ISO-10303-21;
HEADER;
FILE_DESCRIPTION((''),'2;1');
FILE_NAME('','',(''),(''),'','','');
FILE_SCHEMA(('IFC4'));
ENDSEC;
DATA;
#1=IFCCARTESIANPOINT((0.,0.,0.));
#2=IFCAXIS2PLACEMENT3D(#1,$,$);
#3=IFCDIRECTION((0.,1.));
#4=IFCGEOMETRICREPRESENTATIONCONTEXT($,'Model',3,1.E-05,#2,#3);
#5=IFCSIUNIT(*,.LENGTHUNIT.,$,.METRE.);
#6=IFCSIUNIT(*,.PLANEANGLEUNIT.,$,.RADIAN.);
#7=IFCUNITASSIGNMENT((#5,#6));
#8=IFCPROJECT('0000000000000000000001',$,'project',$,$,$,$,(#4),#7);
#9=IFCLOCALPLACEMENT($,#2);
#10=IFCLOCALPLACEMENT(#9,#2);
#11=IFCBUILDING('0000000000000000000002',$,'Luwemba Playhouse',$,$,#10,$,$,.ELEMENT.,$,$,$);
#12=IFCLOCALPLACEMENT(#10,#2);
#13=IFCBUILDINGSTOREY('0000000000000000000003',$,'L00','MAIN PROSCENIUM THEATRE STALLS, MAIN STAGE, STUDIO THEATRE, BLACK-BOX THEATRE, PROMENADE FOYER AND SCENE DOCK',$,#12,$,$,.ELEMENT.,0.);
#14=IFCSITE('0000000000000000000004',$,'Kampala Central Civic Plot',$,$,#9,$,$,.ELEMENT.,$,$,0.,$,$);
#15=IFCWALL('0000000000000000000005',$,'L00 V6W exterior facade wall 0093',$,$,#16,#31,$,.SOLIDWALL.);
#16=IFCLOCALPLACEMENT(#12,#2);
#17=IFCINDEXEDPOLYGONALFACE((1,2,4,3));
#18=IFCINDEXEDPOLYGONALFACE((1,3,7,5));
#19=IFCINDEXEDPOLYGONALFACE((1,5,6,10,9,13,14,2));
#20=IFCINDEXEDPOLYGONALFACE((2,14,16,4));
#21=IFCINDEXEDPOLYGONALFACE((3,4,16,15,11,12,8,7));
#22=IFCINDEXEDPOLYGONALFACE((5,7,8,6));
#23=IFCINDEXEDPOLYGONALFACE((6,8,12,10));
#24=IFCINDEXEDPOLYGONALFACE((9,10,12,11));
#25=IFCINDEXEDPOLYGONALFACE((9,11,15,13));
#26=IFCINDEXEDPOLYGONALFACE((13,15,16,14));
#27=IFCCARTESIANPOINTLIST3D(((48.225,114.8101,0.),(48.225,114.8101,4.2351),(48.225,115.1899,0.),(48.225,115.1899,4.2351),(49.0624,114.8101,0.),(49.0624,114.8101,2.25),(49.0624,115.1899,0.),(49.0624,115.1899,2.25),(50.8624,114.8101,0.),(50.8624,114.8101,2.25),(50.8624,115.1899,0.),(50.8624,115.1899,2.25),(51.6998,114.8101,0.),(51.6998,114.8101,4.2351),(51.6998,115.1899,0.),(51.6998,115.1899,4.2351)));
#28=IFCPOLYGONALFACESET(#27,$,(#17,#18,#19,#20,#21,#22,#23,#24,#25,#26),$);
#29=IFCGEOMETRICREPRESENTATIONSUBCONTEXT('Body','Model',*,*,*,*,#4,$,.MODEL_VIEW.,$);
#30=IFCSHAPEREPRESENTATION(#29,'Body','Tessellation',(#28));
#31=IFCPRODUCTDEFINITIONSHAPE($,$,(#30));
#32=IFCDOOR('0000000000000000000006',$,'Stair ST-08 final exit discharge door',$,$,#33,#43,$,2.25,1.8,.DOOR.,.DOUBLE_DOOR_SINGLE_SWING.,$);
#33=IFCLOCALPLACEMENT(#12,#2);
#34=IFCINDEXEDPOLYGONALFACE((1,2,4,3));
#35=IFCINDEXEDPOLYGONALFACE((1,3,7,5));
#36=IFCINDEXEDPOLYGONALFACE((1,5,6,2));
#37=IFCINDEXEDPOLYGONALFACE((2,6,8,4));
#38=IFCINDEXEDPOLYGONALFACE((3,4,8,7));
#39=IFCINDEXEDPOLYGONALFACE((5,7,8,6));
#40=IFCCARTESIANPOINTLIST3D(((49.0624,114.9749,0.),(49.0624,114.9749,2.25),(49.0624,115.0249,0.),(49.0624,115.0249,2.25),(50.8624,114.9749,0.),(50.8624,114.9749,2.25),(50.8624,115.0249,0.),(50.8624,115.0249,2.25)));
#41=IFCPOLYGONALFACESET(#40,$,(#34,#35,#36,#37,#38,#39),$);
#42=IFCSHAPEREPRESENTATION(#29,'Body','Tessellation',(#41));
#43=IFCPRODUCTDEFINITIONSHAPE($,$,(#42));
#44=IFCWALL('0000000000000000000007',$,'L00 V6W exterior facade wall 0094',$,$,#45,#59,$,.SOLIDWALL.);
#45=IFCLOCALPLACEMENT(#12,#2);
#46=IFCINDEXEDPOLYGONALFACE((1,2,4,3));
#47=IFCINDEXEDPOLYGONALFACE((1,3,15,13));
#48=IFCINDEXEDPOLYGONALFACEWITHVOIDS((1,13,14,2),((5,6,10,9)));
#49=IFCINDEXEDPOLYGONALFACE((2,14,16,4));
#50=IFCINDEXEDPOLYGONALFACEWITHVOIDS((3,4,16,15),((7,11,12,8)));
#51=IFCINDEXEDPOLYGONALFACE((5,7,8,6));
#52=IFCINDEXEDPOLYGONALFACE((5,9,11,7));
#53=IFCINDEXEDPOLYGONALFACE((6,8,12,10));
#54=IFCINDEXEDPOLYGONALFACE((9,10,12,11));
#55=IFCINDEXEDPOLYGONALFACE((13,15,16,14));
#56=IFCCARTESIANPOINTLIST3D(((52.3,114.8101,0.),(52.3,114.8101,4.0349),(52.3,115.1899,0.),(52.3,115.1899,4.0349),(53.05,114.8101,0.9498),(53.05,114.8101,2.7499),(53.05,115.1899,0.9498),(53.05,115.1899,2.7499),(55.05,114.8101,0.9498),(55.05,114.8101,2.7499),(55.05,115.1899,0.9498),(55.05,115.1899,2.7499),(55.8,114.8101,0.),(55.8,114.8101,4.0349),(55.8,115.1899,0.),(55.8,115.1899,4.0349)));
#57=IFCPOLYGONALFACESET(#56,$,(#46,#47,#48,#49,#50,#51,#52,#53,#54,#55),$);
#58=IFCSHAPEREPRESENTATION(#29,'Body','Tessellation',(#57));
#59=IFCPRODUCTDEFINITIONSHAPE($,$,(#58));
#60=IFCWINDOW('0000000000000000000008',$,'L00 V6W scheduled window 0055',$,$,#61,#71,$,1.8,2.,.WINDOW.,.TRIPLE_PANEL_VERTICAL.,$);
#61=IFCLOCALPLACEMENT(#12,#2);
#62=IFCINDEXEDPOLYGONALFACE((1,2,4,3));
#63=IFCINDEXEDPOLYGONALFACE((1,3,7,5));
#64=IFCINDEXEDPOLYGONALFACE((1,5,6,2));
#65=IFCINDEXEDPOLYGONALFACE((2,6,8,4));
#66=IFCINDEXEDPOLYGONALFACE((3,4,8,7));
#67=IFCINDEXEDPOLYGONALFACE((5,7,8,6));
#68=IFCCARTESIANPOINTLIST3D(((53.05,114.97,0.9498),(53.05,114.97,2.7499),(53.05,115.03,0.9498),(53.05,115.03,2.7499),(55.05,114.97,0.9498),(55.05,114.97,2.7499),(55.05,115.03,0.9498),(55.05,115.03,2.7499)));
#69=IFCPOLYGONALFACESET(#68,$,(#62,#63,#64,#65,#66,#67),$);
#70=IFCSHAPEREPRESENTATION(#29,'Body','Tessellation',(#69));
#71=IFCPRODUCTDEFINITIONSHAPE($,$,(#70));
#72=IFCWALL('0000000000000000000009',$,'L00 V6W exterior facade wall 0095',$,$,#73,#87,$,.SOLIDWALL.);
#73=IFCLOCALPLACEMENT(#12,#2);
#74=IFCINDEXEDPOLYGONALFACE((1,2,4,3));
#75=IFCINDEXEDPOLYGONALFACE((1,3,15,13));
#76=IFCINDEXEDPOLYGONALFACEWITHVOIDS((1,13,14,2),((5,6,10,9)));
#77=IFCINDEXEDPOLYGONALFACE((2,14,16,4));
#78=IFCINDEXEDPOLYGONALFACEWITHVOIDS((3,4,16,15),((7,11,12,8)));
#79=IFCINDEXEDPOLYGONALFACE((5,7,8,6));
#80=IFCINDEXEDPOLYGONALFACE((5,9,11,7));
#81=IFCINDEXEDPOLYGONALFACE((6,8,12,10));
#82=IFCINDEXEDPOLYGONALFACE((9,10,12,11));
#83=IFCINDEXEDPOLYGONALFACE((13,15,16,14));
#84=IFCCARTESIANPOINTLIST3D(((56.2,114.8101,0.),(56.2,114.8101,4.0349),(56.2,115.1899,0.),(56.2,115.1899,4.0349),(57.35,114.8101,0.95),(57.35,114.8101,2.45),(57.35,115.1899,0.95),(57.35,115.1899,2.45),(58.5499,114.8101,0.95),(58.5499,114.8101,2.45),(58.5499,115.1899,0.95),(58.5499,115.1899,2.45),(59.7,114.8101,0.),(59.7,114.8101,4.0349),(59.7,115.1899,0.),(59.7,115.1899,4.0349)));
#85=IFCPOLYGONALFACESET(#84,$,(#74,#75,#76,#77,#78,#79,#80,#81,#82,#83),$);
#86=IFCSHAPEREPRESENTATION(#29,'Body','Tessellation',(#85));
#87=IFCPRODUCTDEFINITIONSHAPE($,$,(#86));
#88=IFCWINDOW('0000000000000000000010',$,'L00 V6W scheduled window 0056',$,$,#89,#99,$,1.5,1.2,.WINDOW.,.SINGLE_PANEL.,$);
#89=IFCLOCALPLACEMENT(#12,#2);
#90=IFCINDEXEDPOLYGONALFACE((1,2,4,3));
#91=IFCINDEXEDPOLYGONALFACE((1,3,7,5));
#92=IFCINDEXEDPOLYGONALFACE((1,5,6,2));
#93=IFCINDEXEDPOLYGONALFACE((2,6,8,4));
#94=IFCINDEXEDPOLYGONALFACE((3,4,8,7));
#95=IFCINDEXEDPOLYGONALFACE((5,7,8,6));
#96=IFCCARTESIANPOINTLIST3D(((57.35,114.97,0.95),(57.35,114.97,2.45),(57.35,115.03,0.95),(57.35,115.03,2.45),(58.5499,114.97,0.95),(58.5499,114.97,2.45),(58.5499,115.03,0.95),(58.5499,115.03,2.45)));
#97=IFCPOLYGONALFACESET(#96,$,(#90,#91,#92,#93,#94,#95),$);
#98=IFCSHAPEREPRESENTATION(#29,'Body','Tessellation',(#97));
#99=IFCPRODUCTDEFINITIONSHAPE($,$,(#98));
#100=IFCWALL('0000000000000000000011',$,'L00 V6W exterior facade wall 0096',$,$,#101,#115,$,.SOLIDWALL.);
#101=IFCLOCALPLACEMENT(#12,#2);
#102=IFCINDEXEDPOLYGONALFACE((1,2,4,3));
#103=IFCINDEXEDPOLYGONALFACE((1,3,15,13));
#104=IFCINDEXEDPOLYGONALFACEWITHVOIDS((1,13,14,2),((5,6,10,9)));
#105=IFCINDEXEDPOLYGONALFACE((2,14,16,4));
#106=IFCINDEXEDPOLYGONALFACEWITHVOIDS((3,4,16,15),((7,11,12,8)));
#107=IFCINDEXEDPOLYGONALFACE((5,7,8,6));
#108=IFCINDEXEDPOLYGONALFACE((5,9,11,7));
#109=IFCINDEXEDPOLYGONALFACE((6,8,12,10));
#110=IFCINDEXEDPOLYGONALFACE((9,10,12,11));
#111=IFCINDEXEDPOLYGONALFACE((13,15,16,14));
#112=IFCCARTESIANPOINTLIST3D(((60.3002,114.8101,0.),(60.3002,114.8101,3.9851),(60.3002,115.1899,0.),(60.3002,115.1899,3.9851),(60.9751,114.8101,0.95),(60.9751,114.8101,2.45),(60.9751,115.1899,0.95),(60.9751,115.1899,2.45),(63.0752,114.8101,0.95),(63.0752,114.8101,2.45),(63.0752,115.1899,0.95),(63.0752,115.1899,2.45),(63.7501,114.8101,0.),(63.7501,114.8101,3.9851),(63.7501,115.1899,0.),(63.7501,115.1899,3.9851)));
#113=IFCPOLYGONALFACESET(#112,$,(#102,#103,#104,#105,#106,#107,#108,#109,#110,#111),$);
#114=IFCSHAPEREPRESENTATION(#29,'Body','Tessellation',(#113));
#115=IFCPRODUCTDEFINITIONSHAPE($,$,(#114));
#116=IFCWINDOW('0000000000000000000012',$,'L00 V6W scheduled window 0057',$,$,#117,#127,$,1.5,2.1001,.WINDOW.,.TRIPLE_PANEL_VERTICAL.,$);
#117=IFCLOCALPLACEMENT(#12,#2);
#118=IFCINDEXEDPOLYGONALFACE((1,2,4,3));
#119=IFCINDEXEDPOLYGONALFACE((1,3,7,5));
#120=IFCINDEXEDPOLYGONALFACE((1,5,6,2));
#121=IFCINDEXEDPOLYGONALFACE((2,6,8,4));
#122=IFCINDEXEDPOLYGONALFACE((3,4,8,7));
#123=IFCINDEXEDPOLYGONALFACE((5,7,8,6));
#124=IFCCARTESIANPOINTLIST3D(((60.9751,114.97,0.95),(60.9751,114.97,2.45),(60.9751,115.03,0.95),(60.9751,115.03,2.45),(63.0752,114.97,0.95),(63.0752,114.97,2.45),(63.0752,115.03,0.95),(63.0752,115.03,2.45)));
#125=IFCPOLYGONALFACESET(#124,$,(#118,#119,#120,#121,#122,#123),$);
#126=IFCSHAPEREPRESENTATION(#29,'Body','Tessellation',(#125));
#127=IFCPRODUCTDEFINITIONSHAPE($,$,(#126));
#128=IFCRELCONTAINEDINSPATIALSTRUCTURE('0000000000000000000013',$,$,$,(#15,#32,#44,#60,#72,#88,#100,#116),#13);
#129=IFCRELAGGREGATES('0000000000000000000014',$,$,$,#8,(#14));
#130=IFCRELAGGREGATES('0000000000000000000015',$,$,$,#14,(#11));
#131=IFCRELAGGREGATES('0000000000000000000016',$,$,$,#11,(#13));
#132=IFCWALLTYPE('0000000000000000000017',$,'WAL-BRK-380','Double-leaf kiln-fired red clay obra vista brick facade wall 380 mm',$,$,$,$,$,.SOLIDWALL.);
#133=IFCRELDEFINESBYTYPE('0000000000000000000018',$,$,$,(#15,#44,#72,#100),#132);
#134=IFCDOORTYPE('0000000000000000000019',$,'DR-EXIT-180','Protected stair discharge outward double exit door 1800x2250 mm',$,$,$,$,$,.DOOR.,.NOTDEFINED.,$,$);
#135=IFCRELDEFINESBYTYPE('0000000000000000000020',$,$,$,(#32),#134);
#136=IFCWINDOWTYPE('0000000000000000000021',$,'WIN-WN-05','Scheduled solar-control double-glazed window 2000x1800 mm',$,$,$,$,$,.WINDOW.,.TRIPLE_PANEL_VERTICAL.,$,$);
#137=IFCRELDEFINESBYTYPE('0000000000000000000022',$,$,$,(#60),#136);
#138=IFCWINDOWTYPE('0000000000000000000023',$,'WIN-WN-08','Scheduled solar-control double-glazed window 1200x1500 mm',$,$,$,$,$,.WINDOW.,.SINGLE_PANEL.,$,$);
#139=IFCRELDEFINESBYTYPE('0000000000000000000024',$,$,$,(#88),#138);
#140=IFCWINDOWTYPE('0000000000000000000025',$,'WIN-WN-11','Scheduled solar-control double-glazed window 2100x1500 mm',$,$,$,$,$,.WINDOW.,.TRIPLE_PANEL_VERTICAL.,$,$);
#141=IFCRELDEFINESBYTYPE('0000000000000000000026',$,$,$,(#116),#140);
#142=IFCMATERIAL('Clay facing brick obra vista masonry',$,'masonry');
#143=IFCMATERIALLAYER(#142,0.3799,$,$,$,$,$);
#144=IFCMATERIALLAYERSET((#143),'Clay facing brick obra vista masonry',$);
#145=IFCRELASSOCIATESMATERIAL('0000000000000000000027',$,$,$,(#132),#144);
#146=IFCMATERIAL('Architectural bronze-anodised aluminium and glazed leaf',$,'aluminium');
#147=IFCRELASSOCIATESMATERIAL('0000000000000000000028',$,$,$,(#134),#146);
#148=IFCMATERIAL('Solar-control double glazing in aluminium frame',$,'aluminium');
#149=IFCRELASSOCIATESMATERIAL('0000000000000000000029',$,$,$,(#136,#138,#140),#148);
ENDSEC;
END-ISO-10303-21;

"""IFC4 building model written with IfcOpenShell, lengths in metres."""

from ifc_helpers import new_model, si_unit, direction, frame, frame_2d, origin, place, context, subcontext, project, spatial, rectangle, extrude, material, layer, layer_set, type_object, element, fill, save


model = new_model("IFC4")

# Units and contexts
model_context = context("Model", 3, precision=1e-05, world=origin(), true_north=direction((0.0, 1.0)))
body_context = subcontext(model_context, "Body", "Model", "MODEL_VIEW")
ifc_project = project(units=[si_unit("LENGTHUNIT", "METRE"), si_unit("PLANEANGLEUNIT", "RADIAN")], contexts=[model_context])

# Site, building, storey
site_placement = place(None, origin())
site = spatial("IfcSite", under=ifc_project, at=site_placement, Name="Kampala Central Civic Plot", CompositionType="ELEMENT", RefElevation=0.0)
building_placement = place(site_placement, origin())
building = spatial("IfcBuilding", under=site, at=building_placement, Name="Luwemba Playhouse", CompositionType="ELEMENT")
storey_placement = place(building_placement, origin())
storey = spatial("IfcBuildingStorey", under=building, at=storey_placement, Name="L00", Description="MAIN PROSCENIUM THEATRE STALLS, MAIN STAGE, STUDIO THEATRE, BLACK-BOX THEATRE, PROMENADE FOYER AND SCENE DOCK", CompositionType="ELEMENT", Elevation=0.0)

# Wall, opening, door
ifc_material_1 = material(Name="Clay facing brick obra vista masonry", Category="masonry")
ifc_layer = layer(ifc_material_1, 0.3799)
ifc_layer_set = layer_set([ifc_layer], Name="Clay facing brick obra vista masonry")
wall_type = type_object("IfcWallType", Name="WAL-BRK-380", Description="Double-leaf kiln-fired red clay obra vista brick facade wall 380 mm", PredefinedType="SOLIDWALL", material=ifc_layer_set)
wall_1_placement = place(storey_placement, frame((48.2251, 115.0, 0.0), z_axis=(0.0, 0.0, 1.0), x_axis=(1.0, 0.0, 0.0)))
wall_1 = element("IfcWall", 1, at=wall_1_placement, inside=storey, type_object=wall_type, Name="L00 V6W exterior facade wall 0093", PredefinedType="SOLIDWALL", context=body_context, shape_type="SweptSolid", body=[
    extrude(rectangle(XDim=3.4749, YDim=0.3799, at=frame_2d((1.7373, 0.0))), origin(), (0.0, 0.0, 1.0), 4.2351),
])
opening_1_placement = place(wall_1_placement, frame((0.8374, 0.0, 0.0)))
opening_1 = element("IfcOpeningElement", 2, at=opening_1_placement, cuts=wall_1, PredefinedType="OPENING", context=body_context, shape_type="SweptSolid", body=[
    extrude(rectangle(XDim=1.8, YDim=2.25, at=frame_2d((0.8999, 1.125))), frame((0.0, 0.2, 0.0), z_axis=(0.0, -1.0, 0.0), x_axis=(1.0, 0.0, 0.0)), (0.0, 0.0, 1.0), 0.3999),
])
ifc_material_2 = material(Name="Architectural bronze-anodised aluminium and glazed leaf", Category="aluminium")
door_type = type_object("IfcDoorType", Name="DR-EXIT-180", Description="Protected stair discharge outward double exit door 1800x2250 mm", OperationType="NOTDEFINED", PredefinedType="DOOR", material=ifc_material_2)
door_placement = place(opening_1_placement, origin())
door = element("IfcDoor", 3, at=door_placement, inside=storey, type_object=door_type, Name="Stair ST-08 final exit discharge door", OperationType="DOUBLE_DOOR_SINGLE_SWING", OverallHeight=2.25, OverallWidth=1.8, PredefinedType="DOOR", context=body_context, shape_type="SweptSolid", body=[
    extrude(rectangle(XDim=1.8, YDim=2.25, at=frame_2d((0.8999, 1.125))), frame((0.0, 0.0249, 0.0), z_axis=(0.0, -1.0, 0.0), x_axis=(1.0, 0.0, 0.0)), (0.0, 0.0, 1.0), 0.05),
])
fill(opening_1, door)

# Walls, openings, windows
wall_2_placement = place(storey_placement, frame((52.3, 115.0, 0.0), z_axis=(0.0, 0.0, 1.0), x_axis=(1.0, 0.0, 0.0)))
wall_2 = element("IfcWall", 4, at=wall_2_placement, inside=storey, type_object=wall_type, Name="L00 V6W exterior facade wall 0094", PredefinedType="SOLIDWALL", context=body_context, shape_type="SweptSolid", body=[
    extrude(rectangle(XDim=3.5, YDim=0.3799, at=frame_2d((1.75, 0.0))), origin(), (0.0, 0.0, 1.0), 4.0349),
])
opening_2_placement = place(wall_2_placement, frame((0.75, 0.0, 0.95)))
opening_2 = element("IfcOpeningElement", 5, at=opening_2_placement, cuts=wall_2, PredefinedType="OPENING", context=body_context, shape_type="SweptSolid", body=[
    extrude(rectangle(XDim=2.0, YDim=1.8, at=frame_2d((1.0, 0.8999))), frame((0.0, 0.2, 0.0), z_axis=(0.0, -1.0, 0.0), x_axis=(1.0, 0.0, 0.0)), (0.0, 0.0, 1.0), 0.3999),
])
ifc_material_3 = material(Name="Solar-control double glazing in aluminium frame", Category="aluminium")
window_type_1 = type_object("IfcWindowType", Name="WIN-WN-05", Description="Scheduled solar-control double-glazed window 2000x1800 mm", PartitioningType="TRIPLE_PANEL_VERTICAL", PredefinedType="WINDOW", material=ifc_material_3)
window_1_placement = place(opening_2_placement, origin())
window_1 = element("IfcWindow", 6, at=window_1_placement, inside=storey, type_object=window_type_1, Name="L00 V6W scheduled window 0055", OverallHeight=1.8, OverallWidth=2.0, PartitioningType="TRIPLE_PANEL_VERTICAL", PredefinedType="WINDOW", context=body_context, shape_type="SweptSolid", body=[
    extrude(rectangle(XDim=2.0, YDim=1.8, at=frame_2d((1.0, 0.8999))), frame((0.0, 0.03, 0.0), z_axis=(0.0, -1.0, 0.0), x_axis=(1.0, 0.0, 0.0)), (0.0, 0.0, 1.0), 0.0601),
])
fill(opening_2, window_1)
wall_3_placement = place(storey_placement, frame((56.2, 115.0, 0.0), z_axis=(0.0, 0.0, 1.0), x_axis=(1.0, 0.0, 0.0)))
wall_3 = element("IfcWall", 7, at=wall_3_placement, inside=storey, type_object=wall_type, Name="L00 V6W exterior facade wall 0095", PredefinedType="SOLIDWALL", context=body_context, shape_type="SweptSolid", body=[
    extrude(rectangle(XDim=3.5, YDim=0.3799, at=frame_2d((1.75, 0.0))), origin(), (0.0, 0.0, 1.0), 4.0349),
])
opening_3_placement = place(wall_3_placement, frame((1.1499, 0.0, 0.95)))
opening_3 = element("IfcOpeningElement", 8, at=opening_3_placement, cuts=wall_3, PredefinedType="OPENING", context=body_context, shape_type="SweptSolid", body=[
    extrude(rectangle(XDim=1.2, YDim=1.5, at=frame_2d((0.6001, 0.75))), frame((0.0, 0.2, 0.0), z_axis=(0.0, -1.0, 0.0), x_axis=(1.0, 0.0, 0.0)), (0.0, 0.0, 1.0), 0.3999),
])
window_type_2 = type_object("IfcWindowType", Name="WIN-WN-08", Description="Scheduled solar-control double-glazed window 1200x1500 mm", PartitioningType="SINGLE_PANEL", PredefinedType="WINDOW", material=ifc_material_3)
window_2_placement = place(opening_3_placement, origin())
window_2 = element("IfcWindow", 9, at=window_2_placement, inside=storey, type_object=window_type_2, Name="L00 V6W scheduled window 0056", OverallHeight=1.5, OverallWidth=1.2, PartitioningType="SINGLE_PANEL", PredefinedType="WINDOW", context=body_context, shape_type="SweptSolid", body=[
    extrude(rectangle(XDim=1.2, YDim=1.5, at=frame_2d((0.6001, 0.75))), frame((0.0, 0.03, 0.0), z_axis=(0.0, -1.0, 0.0), x_axis=(1.0, 0.0, 0.0)), (0.0, 0.0, 1.0), 0.0601),
])
fill(opening_3, window_2)
wall_4_placement = place(storey_placement, frame((60.3, 115.0, 0.0), z_axis=(0.0, 0.0, 1.0), x_axis=(1.0, 0.0, 0.0)))
wall_4 = element("IfcWall", 10, at=wall_4_placement, inside=storey, type_object=wall_type, Name="L00 V6W exterior facade wall 0096", PredefinedType="SOLIDWALL", context=body_context, shape_type="SweptSolid", body=[
    extrude(rectangle(XDim=3.45, YDim=0.3799, at=frame_2d((1.7251, 0.0))), origin(), (0.0, 0.0, 1.0), 3.9851),
])
opening_4_placement = place(wall_4_placement, frame((0.675, 0.0, 0.95)))
opening_4 = element("IfcOpeningElement", 11, at=opening_4_placement, cuts=wall_4, PredefinedType="OPENING", context=body_context, shape_type="SweptSolid", body=[
    extrude(rectangle(XDim=2.1001, YDim=1.5, at=frame_2d((1.05, 0.75))), frame((0.0, 0.2, 0.0), z_axis=(0.0, -1.0, 0.0), x_axis=(1.0, 0.0, 0.0)), (0.0, 0.0, 1.0), 0.3999),
])
window_type_3 = type_object("IfcWindowType", Name="WIN-WN-11", Description="Scheduled solar-control double-glazed window 2100x1500 mm", PartitioningType="TRIPLE_PANEL_VERTICAL", PredefinedType="WINDOW", material=ifc_material_3)
window_3_placement = place(opening_4_placement, origin())
window_3 = element("IfcWindow", 12, at=window_3_placement, inside=storey, type_object=window_type_3, Name="L00 V6W scheduled window 0057", OverallHeight=1.5, OverallWidth=2.1001, PartitioningType="TRIPLE_PANEL_VERTICAL", PredefinedType="WINDOW", context=body_context, shape_type="SweptSolid", body=[
    extrude(rectangle(XDim=2.1001, YDim=1.5, at=frame_2d((1.05, 0.75))), frame((0.0, 0.03, 0.0), z_axis=(0.0, -1.0, 0.0), x_axis=(1.0, 0.0, 0.0)), (0.0, 0.0, 1.0), 0.0601),
])
fill(opening_4, window_3)

save(model, "model.ifc")
